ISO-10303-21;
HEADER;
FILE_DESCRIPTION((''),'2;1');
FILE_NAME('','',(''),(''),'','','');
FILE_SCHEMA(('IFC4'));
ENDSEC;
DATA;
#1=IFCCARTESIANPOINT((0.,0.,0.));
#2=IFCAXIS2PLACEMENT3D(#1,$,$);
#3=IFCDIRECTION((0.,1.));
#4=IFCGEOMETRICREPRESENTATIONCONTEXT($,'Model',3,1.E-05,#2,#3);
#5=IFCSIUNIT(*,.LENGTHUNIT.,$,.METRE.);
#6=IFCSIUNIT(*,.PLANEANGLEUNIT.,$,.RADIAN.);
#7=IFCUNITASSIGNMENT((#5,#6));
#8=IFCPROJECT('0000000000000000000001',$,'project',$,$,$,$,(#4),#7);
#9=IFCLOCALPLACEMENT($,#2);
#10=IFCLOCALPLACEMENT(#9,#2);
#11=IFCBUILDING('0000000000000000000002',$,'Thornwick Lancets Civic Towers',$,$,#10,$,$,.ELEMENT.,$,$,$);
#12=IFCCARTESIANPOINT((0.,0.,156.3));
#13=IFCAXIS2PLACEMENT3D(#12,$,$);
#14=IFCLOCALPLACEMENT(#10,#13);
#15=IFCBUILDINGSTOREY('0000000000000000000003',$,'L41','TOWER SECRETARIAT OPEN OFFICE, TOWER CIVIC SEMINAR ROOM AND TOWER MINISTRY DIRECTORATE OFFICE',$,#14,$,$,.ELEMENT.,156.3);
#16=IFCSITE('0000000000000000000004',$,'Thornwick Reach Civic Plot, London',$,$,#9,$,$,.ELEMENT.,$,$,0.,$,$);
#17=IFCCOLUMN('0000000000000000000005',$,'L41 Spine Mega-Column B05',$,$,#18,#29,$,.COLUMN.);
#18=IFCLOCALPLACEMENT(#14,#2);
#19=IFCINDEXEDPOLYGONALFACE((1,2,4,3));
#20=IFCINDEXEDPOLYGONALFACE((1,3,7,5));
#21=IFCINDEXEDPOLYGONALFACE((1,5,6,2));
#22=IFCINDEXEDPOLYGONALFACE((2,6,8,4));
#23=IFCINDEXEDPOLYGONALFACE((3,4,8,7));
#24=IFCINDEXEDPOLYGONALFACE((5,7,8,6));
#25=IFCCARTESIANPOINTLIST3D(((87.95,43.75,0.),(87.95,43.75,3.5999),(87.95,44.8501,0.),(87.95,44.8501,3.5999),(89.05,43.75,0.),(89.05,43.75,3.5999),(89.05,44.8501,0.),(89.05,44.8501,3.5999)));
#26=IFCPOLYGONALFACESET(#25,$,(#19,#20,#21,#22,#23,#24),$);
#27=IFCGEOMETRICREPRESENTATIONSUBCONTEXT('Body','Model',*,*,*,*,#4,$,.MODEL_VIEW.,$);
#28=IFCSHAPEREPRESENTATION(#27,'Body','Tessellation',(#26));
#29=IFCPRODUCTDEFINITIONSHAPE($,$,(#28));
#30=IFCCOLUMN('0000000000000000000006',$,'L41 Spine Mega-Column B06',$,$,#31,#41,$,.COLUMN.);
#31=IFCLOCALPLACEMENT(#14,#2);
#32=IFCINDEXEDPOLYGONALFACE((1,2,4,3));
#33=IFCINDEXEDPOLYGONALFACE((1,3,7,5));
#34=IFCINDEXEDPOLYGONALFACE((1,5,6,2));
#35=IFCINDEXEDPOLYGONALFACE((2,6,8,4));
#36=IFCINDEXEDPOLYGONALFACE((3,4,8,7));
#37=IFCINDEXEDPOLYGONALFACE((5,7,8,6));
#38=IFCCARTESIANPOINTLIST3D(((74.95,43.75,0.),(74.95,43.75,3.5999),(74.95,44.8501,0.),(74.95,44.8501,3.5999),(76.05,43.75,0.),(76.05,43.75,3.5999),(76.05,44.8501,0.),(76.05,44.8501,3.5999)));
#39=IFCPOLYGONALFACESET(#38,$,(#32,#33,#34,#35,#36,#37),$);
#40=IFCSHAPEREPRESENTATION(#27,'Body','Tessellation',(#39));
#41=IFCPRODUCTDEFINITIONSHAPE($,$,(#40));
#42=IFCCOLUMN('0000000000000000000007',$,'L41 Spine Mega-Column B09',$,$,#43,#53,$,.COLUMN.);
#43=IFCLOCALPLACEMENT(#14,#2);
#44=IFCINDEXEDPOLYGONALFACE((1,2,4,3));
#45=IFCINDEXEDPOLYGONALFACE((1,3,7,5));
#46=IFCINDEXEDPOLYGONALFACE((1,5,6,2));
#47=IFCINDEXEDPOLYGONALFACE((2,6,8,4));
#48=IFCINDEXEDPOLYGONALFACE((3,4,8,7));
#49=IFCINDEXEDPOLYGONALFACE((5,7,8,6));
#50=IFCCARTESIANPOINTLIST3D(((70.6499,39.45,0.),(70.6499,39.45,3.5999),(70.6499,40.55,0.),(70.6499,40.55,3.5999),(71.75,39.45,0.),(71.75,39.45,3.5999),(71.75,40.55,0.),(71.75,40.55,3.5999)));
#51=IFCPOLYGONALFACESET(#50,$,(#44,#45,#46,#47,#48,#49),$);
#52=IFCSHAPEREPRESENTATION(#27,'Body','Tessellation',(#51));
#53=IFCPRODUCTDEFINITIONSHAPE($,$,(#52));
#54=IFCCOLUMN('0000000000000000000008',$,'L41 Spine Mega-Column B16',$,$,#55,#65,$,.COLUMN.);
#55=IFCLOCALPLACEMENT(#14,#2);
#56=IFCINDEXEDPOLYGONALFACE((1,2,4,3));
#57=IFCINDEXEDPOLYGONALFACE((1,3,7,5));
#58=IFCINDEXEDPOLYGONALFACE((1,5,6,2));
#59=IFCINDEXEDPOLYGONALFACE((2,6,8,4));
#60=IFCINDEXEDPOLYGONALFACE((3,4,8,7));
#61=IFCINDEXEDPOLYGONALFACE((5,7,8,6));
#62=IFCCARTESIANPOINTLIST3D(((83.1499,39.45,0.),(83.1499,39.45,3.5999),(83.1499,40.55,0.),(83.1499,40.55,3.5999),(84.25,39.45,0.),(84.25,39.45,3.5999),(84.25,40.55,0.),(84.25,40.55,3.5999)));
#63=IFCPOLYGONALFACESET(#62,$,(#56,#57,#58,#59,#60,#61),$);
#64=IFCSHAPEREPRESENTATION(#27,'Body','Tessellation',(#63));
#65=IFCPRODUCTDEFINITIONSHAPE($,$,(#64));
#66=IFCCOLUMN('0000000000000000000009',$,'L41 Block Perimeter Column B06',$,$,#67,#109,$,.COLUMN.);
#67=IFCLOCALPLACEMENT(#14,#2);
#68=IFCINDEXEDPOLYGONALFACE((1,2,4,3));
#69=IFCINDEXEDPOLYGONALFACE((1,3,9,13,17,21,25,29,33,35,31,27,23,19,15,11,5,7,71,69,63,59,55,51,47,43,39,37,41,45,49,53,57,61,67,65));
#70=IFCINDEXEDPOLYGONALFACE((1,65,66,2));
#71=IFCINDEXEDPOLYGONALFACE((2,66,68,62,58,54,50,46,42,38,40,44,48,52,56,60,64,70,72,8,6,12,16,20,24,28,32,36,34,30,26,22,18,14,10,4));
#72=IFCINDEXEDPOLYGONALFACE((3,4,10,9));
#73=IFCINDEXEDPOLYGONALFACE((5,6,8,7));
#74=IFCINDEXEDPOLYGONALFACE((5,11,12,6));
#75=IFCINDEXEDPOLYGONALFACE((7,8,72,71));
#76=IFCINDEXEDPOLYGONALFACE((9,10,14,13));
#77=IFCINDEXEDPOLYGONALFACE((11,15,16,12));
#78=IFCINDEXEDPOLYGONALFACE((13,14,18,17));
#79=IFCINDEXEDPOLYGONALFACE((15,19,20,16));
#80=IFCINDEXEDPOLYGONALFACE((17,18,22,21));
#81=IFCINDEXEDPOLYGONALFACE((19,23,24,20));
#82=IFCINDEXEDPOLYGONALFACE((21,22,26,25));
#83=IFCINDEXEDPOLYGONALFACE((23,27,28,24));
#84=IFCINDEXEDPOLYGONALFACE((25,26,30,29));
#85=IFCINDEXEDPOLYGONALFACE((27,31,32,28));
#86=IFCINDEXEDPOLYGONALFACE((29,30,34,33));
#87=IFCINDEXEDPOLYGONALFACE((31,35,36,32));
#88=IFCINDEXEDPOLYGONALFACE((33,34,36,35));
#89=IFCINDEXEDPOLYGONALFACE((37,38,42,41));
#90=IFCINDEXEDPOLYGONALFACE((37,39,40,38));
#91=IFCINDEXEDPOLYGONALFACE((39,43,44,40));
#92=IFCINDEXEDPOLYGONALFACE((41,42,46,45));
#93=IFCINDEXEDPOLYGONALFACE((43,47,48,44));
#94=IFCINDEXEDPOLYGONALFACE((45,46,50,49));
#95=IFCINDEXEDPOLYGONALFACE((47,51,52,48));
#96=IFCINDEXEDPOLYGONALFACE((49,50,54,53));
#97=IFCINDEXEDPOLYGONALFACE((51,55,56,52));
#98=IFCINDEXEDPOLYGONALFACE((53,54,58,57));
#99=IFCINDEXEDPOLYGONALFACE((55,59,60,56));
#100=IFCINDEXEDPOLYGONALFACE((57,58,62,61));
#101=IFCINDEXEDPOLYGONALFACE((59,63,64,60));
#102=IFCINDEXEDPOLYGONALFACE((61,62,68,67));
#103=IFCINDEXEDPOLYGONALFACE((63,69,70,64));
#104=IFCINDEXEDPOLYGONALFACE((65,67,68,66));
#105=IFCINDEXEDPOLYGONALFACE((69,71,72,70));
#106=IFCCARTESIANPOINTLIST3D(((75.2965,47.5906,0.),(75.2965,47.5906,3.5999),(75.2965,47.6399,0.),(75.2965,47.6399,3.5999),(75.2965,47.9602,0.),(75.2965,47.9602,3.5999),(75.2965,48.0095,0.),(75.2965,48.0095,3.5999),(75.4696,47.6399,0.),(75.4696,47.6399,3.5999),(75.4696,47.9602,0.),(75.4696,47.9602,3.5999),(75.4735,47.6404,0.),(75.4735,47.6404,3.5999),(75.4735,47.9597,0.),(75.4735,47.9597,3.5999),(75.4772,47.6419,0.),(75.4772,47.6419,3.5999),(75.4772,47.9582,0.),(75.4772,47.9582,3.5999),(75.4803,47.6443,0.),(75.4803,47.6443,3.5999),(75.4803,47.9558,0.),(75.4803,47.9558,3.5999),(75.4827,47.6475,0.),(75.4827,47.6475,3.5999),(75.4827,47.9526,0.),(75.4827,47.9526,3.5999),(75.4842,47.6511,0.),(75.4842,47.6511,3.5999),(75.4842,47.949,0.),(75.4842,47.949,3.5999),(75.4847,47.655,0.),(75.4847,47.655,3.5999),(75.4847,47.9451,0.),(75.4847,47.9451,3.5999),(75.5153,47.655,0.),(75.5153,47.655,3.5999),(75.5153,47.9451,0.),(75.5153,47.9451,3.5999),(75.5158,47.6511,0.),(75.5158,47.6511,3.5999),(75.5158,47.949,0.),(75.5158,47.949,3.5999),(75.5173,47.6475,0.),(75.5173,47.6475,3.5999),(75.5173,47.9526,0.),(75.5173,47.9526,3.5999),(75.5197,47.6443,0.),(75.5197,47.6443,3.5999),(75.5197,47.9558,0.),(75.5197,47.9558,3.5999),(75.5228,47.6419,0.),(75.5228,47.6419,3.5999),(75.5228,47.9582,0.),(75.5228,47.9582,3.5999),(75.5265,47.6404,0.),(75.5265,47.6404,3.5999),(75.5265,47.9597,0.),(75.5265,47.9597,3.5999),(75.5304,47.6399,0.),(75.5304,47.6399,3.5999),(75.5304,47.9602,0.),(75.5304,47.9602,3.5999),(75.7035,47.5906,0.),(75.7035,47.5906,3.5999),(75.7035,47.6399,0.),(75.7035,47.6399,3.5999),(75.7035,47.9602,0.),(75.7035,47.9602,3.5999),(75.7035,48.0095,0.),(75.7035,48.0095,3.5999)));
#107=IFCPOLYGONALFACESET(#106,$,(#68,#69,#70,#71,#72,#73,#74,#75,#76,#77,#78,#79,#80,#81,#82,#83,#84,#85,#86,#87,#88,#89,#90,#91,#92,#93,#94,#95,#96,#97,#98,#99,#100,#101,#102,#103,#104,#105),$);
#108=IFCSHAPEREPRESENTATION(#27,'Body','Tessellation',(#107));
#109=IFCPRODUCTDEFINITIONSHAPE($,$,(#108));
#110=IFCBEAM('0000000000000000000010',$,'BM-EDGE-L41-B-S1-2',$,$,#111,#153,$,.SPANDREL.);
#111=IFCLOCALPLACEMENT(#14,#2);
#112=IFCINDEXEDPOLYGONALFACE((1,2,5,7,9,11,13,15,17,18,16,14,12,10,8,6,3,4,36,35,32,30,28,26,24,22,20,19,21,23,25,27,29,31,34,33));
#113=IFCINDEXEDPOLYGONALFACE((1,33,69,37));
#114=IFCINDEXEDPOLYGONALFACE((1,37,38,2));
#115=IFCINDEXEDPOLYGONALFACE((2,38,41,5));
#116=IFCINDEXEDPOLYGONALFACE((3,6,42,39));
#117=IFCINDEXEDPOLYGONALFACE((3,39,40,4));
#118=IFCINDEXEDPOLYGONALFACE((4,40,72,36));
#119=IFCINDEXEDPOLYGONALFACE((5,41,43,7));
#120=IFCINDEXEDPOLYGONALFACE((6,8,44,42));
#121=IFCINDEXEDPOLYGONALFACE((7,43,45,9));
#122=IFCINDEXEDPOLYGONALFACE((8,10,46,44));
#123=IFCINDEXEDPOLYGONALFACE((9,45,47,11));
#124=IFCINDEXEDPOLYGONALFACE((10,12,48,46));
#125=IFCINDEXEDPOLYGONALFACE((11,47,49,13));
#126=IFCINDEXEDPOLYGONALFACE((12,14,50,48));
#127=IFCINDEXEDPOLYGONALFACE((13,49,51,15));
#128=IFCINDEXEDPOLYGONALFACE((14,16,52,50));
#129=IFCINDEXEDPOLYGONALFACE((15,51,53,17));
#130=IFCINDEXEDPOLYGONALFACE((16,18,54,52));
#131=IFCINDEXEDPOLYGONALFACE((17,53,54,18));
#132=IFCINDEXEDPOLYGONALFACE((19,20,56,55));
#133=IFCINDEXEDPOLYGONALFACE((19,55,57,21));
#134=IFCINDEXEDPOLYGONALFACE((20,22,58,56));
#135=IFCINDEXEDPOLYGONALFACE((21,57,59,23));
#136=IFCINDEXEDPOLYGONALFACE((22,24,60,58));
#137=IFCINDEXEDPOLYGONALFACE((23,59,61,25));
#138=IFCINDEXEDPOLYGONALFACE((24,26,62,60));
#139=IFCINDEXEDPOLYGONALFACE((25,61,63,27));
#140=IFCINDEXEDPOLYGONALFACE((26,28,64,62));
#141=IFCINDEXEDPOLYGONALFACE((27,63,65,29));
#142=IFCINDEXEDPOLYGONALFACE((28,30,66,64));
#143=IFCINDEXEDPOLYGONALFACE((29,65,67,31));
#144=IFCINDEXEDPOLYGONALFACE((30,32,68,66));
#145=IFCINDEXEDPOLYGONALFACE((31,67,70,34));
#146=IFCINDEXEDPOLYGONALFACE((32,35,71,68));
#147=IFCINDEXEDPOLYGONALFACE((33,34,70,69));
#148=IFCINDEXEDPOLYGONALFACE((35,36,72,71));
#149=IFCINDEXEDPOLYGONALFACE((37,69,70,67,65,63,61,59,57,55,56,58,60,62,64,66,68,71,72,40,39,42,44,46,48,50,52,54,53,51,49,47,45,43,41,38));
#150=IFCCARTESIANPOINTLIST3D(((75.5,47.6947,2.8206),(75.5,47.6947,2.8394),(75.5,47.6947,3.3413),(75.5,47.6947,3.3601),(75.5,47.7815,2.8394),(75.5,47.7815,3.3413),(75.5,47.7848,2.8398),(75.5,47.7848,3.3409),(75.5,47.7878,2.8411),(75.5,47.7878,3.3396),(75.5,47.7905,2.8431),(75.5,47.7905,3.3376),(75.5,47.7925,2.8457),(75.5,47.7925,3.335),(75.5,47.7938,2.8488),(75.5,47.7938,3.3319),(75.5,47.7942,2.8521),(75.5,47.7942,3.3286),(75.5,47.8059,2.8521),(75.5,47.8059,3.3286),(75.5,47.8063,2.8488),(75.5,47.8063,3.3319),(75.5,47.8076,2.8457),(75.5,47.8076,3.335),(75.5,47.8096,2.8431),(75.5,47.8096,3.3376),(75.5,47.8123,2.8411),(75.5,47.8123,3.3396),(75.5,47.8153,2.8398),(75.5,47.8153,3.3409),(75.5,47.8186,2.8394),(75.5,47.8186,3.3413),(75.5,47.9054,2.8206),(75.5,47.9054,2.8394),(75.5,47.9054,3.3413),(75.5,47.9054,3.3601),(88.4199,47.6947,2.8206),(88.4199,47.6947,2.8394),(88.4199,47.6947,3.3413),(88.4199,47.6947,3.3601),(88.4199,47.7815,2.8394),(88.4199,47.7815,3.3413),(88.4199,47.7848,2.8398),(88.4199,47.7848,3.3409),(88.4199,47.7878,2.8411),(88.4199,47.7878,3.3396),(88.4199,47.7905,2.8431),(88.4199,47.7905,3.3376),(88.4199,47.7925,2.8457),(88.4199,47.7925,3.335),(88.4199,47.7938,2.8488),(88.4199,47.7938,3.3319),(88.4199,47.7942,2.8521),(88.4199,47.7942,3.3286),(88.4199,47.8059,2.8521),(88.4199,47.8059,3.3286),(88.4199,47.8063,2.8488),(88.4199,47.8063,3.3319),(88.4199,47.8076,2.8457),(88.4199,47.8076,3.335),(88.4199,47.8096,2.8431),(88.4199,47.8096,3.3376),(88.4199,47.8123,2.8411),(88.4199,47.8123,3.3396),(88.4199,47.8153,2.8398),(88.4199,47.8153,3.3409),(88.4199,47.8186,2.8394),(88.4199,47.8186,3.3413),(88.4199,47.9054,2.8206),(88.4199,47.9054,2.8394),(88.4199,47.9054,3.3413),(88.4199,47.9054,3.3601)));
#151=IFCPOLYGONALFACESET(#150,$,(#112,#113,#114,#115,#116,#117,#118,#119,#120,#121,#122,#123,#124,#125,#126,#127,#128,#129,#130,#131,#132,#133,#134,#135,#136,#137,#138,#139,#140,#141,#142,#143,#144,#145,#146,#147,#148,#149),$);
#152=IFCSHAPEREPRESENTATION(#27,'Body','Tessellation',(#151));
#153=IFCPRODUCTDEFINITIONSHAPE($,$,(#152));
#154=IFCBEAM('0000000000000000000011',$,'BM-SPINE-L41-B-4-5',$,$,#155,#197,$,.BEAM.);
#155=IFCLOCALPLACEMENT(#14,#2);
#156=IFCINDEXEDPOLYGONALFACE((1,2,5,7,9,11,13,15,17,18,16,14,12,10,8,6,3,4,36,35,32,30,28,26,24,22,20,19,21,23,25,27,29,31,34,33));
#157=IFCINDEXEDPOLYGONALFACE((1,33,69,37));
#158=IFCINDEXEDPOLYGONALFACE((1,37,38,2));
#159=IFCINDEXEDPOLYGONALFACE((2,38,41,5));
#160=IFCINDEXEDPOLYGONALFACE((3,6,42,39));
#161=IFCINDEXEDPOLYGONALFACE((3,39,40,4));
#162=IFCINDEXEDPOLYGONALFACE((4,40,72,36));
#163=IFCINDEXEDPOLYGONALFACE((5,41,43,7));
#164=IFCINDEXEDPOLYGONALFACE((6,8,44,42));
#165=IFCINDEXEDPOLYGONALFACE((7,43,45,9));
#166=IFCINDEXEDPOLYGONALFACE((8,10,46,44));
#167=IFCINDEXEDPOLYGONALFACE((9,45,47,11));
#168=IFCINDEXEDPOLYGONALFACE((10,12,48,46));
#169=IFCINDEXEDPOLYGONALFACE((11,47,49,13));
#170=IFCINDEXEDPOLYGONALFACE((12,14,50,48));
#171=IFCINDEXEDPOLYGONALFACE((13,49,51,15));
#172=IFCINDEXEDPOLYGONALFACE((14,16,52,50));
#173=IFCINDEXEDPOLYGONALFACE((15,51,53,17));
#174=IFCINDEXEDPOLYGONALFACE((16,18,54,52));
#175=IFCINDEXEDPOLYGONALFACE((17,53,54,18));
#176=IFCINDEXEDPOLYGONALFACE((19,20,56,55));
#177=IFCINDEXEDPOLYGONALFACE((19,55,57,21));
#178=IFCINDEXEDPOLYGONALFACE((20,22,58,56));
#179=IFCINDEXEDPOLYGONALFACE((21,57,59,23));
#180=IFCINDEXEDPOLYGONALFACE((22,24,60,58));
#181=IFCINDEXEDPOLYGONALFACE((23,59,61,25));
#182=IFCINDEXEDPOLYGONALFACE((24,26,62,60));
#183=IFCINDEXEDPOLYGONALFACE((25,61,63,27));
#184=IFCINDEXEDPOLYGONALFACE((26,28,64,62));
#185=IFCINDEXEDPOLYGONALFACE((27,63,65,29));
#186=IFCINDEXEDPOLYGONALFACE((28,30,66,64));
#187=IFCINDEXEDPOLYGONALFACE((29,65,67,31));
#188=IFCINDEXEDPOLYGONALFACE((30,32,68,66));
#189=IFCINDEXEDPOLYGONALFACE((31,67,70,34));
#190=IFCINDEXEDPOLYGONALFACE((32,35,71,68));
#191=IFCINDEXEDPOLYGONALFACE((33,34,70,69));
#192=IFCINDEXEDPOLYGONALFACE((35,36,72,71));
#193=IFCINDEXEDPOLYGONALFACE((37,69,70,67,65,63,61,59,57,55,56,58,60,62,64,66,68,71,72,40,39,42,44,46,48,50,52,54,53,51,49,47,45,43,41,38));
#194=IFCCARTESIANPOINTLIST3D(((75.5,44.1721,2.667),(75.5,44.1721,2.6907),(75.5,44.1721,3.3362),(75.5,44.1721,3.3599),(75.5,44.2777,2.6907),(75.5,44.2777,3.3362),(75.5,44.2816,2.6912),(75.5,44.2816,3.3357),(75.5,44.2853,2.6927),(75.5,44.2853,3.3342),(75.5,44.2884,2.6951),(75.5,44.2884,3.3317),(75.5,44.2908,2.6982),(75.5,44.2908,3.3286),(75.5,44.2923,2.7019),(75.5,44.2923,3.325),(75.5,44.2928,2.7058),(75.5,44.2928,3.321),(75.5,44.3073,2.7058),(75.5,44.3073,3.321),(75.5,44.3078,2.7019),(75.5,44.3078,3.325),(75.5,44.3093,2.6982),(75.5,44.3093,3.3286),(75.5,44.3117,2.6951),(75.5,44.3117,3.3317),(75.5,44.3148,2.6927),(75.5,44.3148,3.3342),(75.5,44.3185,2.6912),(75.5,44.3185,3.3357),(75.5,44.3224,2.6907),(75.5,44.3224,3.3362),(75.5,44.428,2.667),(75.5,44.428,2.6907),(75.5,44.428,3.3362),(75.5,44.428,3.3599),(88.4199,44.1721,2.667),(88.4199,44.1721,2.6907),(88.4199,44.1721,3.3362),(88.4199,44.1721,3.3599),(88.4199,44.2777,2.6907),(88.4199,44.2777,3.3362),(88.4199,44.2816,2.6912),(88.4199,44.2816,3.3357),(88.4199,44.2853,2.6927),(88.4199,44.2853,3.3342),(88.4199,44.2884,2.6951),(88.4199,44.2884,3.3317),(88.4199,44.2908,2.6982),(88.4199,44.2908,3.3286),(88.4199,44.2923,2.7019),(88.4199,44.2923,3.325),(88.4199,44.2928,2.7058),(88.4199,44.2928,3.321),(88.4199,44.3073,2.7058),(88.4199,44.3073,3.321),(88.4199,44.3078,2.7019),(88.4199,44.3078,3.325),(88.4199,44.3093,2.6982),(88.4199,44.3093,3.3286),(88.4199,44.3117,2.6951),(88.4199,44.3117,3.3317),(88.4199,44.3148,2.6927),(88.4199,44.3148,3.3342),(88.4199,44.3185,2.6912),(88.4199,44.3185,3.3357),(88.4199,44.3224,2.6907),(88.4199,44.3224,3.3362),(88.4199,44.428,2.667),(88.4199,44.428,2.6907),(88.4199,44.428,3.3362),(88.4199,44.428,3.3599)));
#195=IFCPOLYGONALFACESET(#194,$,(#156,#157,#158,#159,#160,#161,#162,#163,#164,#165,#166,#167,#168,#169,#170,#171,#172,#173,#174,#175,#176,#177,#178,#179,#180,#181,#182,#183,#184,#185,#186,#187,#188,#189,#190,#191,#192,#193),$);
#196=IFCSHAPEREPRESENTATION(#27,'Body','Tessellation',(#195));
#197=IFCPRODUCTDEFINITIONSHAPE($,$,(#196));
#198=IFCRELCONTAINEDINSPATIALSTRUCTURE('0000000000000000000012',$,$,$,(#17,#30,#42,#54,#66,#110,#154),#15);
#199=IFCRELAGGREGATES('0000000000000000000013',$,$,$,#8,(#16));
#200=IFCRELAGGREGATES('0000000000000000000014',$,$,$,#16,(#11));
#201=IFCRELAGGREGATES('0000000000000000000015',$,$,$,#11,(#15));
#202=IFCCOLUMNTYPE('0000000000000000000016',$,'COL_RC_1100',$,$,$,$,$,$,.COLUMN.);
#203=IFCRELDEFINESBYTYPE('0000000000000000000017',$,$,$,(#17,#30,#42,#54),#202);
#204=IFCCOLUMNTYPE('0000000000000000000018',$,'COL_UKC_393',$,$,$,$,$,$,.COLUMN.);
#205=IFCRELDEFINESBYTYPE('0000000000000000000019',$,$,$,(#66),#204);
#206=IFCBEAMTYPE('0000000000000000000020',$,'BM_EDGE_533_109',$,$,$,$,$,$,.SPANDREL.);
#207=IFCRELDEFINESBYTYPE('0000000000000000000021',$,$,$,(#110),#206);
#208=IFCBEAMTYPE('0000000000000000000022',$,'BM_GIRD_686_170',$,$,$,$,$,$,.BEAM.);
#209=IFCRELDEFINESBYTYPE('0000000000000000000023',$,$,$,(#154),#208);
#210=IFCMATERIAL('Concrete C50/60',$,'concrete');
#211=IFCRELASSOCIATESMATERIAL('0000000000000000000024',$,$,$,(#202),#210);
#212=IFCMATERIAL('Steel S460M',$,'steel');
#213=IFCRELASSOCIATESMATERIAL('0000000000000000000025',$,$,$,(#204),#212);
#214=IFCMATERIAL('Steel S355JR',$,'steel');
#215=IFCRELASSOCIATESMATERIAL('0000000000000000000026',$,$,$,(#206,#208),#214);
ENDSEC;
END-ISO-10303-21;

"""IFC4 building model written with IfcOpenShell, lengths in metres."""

from ifc_helpers import new_model, si_unit, direction, frame, origin, origin_2d, place, context, subcontext, project, spatial, rectangle, i_section, extrude, material, material_profile, profile_set, type_object, element, save


model = new_model("IFC4")

# Units and contexts
model_context = context("Model", 3, precision=1e-05, world=origin(), true_north=direction((0.0, 1.0)))
body_context = subcontext(model_context, "Body", "Model", "MODEL_VIEW")
ifc_project = project(units=[si_unit("LENGTHUNIT", "METRE"), si_unit("PLANEANGLEUNIT", "RADIAN")], contexts=[model_context])

# Site, building, storey
site_placement = place(None, origin())
site = spatial("IfcSite", under=ifc_project, at=site_placement, Name="Thornwick Reach Civic Plot, London", CompositionType="ELEMENT", RefElevation=0.0)
building_placement = place(site_placement, origin())
building = spatial("IfcBuilding", under=site, at=building_placement, Name="Thornwick Lancets Civic Towers", CompositionType="ELEMENT")
storey_placement = place(building_placement, frame((0.0, 0.0, 156.3)))
storey = spatial("IfcBuildingStorey", under=building, at=storey_placement, Name="L41", Description="TOWER SECRETARIAT OPEN OFFICE, TOWER CIVIC SEMINAR ROOM AND TOWER MINISTRY DIRECTORATE OFFICE", CompositionType="ELEMENT", Elevation=156.3)

# Columns
ifc_material_1 = material(Name="Concrete C50/60", Category="concrete")
ifc_material_profile_1 = material_profile(ifc_material_1, rectangle(XDim=1.1001, YDim=1.1001, at=origin_2d()), Name="RC 1100x1100")
ifc_profile_set_1 = profile_set([ifc_material_profile_1], Name="Concrete C50/60")
column_type_1 = type_object("IfcColumnType", Name="COL_RC_1100", PredefinedType="COLUMN", material=ifc_profile_set_1)
for number, where, z_axis, x_axis, name in (
    (1, (88.5, 44.3, 0.0), (0.0, 0.0, 1.0), (1.0, 0.0, 0.0), "L41 Spine Mega-Column B05"),
    (2, (75.5, 44.3, 0.0), (0.0, 0.0, 1.0), (1.0, 0.0, 0.0), "L41 Spine Mega-Column B06"),
    (3, (71.2, 40.0, 0.0), (0.0, 0.0, 1.0), (1.0, 0.0, 0.0), "L41 Spine Mega-Column B09"),
    (4, (83.7, 40.0, 0.0), (0.0, 0.0, 1.0), (1.0, 0.0, 0.0), "L41 Spine Mega-Column B16"),
):
    element("IfcColumn", number, at=place(storey_placement, frame(where, z_axis=z_axis, x_axis=x_axis)), inside=storey, type_object=column_type_1, Name=name, PredefinedType="COLUMN", context=body_context, shape_type="SweptSolid", body=[
        extrude(rectangle(XDim=1.1001, YDim=1.1001, at=origin_2d()), origin(), (0.0, 0.0, 1.0), 3.5999),
    ])
ifc_material_2 = material(Name="Steel S460M", Category="steel")
ifc_material_profile_2 = material_profile(ifc_material_2, i_section(OverallWidth=0.407, OverallDepth=0.4189, WebThickness=0.0305, FlangeThickness=0.0493, FilletRadius=0.0151, at=origin_2d()), Name="UKC 356x406x393")
ifc_profile_set_2 = profile_set([ifc_material_profile_2], Name="Steel S460M")
column_type_2 = type_object("IfcColumnType", Name="COL_UKC_393", PredefinedType="COLUMN", material=ifc_profile_set_2)
column_placement = place(storey_placement, frame((75.5, 47.8, 0.0), z_axis=(0.0, 0.0, 1.0), x_axis=(1.0, 0.0, 0.0)))
element("IfcColumn", 5, at=column_placement, inside=storey, type_object=column_type_2, Name="L41 Block Perimeter Column B06", PredefinedType="COLUMN", context=body_context, shape_type="SweptSolid", body=[
    extrude(i_section(OverallWidth=0.407, OverallDepth=0.4189, WebThickness=0.0305, FlangeThickness=0.0493, FilletRadius=0.0151, at=origin_2d()), origin(), (0.0, 0.0, 1.0), 3.5999),
])

# Beams
ifc_material_3 = material(Name="Steel S355JR", Category="steel")
ifc_material_profile_3 = material_profile(ifc_material_3, i_section(OverallWidth=0.2107, OverallDepth=0.5396, WebThickness=0.0117, FlangeThickness=0.0188, FilletRadius=0.0127, at=origin_2d()), Name="UKB 533x210x109")
ifc_profile_set_3 = profile_set([ifc_material_profile_3], Name="Steel S355JR")
beam_type_1 = type_object("IfcBeamType", Name="BM_EDGE_533_109", PredefinedType="SPANDREL", material=ifc_profile_set_3)
beam_1_placement = place(storey_placement, frame((88.4199, 47.8, 3.0903), z_axis=(-1.0, 0.0, 0.0), x_axis=(0.0, -1.0, 0.0)))
element("IfcBeam", 6, at=beam_1_placement, inside=storey, type_object=beam_type_1, Name="BM-EDGE-L41-B-S1-2", PredefinedType="SPANDREL", context=body_context, shape_type="SweptSolid", body=[
    extrude(i_section(OverallWidth=0.2107, OverallDepth=0.5396, WebThickness=0.0117, FlangeThickness=0.0188, FilletRadius=0.0127, at=origin_2d()), origin(), (0.0, 0.0, 1.0), 12.9199),
])
ifc_material_profile_4 = material_profile(ifc_material_3, i_section(OverallWidth=0.2559, OverallDepth=0.6929, WebThickness=0.0144, FlangeThickness=0.0237, FilletRadius=0.0151, at=origin_2d()), Name="UKB 686x254x170")
ifc_profile_set_4 = profile_set([ifc_material_profile_4], Name="Steel S355JR")
beam_type_2 = type_object("IfcBeamType", Name="BM_GIRD_686_170", PredefinedType="BEAM", material=ifc_profile_set_4)
beam_2_placement = place(storey_placement, frame((88.4199, 44.3, 3.0134), z_axis=(-1.0, 0.0, 0.0), x_axis=(0.0, -1.0, 0.0)))
element("IfcBeam", 7, at=beam_2_placement, inside=storey, type_object=beam_type_2, Name="BM-SPINE-L41-B-4-5", PredefinedType="BEAM", context=body_context, shape_type="SweptSolid", body=[
    extrude(i_section(OverallWidth=0.2559, OverallDepth=0.6929, WebThickness=0.0144, FlangeThickness=0.0237, FilletRadius=0.0151, at=origin_2d()), origin(), (0.0, 0.0, 1.0), 12.9199),
])

save(model, "model.ifc")
